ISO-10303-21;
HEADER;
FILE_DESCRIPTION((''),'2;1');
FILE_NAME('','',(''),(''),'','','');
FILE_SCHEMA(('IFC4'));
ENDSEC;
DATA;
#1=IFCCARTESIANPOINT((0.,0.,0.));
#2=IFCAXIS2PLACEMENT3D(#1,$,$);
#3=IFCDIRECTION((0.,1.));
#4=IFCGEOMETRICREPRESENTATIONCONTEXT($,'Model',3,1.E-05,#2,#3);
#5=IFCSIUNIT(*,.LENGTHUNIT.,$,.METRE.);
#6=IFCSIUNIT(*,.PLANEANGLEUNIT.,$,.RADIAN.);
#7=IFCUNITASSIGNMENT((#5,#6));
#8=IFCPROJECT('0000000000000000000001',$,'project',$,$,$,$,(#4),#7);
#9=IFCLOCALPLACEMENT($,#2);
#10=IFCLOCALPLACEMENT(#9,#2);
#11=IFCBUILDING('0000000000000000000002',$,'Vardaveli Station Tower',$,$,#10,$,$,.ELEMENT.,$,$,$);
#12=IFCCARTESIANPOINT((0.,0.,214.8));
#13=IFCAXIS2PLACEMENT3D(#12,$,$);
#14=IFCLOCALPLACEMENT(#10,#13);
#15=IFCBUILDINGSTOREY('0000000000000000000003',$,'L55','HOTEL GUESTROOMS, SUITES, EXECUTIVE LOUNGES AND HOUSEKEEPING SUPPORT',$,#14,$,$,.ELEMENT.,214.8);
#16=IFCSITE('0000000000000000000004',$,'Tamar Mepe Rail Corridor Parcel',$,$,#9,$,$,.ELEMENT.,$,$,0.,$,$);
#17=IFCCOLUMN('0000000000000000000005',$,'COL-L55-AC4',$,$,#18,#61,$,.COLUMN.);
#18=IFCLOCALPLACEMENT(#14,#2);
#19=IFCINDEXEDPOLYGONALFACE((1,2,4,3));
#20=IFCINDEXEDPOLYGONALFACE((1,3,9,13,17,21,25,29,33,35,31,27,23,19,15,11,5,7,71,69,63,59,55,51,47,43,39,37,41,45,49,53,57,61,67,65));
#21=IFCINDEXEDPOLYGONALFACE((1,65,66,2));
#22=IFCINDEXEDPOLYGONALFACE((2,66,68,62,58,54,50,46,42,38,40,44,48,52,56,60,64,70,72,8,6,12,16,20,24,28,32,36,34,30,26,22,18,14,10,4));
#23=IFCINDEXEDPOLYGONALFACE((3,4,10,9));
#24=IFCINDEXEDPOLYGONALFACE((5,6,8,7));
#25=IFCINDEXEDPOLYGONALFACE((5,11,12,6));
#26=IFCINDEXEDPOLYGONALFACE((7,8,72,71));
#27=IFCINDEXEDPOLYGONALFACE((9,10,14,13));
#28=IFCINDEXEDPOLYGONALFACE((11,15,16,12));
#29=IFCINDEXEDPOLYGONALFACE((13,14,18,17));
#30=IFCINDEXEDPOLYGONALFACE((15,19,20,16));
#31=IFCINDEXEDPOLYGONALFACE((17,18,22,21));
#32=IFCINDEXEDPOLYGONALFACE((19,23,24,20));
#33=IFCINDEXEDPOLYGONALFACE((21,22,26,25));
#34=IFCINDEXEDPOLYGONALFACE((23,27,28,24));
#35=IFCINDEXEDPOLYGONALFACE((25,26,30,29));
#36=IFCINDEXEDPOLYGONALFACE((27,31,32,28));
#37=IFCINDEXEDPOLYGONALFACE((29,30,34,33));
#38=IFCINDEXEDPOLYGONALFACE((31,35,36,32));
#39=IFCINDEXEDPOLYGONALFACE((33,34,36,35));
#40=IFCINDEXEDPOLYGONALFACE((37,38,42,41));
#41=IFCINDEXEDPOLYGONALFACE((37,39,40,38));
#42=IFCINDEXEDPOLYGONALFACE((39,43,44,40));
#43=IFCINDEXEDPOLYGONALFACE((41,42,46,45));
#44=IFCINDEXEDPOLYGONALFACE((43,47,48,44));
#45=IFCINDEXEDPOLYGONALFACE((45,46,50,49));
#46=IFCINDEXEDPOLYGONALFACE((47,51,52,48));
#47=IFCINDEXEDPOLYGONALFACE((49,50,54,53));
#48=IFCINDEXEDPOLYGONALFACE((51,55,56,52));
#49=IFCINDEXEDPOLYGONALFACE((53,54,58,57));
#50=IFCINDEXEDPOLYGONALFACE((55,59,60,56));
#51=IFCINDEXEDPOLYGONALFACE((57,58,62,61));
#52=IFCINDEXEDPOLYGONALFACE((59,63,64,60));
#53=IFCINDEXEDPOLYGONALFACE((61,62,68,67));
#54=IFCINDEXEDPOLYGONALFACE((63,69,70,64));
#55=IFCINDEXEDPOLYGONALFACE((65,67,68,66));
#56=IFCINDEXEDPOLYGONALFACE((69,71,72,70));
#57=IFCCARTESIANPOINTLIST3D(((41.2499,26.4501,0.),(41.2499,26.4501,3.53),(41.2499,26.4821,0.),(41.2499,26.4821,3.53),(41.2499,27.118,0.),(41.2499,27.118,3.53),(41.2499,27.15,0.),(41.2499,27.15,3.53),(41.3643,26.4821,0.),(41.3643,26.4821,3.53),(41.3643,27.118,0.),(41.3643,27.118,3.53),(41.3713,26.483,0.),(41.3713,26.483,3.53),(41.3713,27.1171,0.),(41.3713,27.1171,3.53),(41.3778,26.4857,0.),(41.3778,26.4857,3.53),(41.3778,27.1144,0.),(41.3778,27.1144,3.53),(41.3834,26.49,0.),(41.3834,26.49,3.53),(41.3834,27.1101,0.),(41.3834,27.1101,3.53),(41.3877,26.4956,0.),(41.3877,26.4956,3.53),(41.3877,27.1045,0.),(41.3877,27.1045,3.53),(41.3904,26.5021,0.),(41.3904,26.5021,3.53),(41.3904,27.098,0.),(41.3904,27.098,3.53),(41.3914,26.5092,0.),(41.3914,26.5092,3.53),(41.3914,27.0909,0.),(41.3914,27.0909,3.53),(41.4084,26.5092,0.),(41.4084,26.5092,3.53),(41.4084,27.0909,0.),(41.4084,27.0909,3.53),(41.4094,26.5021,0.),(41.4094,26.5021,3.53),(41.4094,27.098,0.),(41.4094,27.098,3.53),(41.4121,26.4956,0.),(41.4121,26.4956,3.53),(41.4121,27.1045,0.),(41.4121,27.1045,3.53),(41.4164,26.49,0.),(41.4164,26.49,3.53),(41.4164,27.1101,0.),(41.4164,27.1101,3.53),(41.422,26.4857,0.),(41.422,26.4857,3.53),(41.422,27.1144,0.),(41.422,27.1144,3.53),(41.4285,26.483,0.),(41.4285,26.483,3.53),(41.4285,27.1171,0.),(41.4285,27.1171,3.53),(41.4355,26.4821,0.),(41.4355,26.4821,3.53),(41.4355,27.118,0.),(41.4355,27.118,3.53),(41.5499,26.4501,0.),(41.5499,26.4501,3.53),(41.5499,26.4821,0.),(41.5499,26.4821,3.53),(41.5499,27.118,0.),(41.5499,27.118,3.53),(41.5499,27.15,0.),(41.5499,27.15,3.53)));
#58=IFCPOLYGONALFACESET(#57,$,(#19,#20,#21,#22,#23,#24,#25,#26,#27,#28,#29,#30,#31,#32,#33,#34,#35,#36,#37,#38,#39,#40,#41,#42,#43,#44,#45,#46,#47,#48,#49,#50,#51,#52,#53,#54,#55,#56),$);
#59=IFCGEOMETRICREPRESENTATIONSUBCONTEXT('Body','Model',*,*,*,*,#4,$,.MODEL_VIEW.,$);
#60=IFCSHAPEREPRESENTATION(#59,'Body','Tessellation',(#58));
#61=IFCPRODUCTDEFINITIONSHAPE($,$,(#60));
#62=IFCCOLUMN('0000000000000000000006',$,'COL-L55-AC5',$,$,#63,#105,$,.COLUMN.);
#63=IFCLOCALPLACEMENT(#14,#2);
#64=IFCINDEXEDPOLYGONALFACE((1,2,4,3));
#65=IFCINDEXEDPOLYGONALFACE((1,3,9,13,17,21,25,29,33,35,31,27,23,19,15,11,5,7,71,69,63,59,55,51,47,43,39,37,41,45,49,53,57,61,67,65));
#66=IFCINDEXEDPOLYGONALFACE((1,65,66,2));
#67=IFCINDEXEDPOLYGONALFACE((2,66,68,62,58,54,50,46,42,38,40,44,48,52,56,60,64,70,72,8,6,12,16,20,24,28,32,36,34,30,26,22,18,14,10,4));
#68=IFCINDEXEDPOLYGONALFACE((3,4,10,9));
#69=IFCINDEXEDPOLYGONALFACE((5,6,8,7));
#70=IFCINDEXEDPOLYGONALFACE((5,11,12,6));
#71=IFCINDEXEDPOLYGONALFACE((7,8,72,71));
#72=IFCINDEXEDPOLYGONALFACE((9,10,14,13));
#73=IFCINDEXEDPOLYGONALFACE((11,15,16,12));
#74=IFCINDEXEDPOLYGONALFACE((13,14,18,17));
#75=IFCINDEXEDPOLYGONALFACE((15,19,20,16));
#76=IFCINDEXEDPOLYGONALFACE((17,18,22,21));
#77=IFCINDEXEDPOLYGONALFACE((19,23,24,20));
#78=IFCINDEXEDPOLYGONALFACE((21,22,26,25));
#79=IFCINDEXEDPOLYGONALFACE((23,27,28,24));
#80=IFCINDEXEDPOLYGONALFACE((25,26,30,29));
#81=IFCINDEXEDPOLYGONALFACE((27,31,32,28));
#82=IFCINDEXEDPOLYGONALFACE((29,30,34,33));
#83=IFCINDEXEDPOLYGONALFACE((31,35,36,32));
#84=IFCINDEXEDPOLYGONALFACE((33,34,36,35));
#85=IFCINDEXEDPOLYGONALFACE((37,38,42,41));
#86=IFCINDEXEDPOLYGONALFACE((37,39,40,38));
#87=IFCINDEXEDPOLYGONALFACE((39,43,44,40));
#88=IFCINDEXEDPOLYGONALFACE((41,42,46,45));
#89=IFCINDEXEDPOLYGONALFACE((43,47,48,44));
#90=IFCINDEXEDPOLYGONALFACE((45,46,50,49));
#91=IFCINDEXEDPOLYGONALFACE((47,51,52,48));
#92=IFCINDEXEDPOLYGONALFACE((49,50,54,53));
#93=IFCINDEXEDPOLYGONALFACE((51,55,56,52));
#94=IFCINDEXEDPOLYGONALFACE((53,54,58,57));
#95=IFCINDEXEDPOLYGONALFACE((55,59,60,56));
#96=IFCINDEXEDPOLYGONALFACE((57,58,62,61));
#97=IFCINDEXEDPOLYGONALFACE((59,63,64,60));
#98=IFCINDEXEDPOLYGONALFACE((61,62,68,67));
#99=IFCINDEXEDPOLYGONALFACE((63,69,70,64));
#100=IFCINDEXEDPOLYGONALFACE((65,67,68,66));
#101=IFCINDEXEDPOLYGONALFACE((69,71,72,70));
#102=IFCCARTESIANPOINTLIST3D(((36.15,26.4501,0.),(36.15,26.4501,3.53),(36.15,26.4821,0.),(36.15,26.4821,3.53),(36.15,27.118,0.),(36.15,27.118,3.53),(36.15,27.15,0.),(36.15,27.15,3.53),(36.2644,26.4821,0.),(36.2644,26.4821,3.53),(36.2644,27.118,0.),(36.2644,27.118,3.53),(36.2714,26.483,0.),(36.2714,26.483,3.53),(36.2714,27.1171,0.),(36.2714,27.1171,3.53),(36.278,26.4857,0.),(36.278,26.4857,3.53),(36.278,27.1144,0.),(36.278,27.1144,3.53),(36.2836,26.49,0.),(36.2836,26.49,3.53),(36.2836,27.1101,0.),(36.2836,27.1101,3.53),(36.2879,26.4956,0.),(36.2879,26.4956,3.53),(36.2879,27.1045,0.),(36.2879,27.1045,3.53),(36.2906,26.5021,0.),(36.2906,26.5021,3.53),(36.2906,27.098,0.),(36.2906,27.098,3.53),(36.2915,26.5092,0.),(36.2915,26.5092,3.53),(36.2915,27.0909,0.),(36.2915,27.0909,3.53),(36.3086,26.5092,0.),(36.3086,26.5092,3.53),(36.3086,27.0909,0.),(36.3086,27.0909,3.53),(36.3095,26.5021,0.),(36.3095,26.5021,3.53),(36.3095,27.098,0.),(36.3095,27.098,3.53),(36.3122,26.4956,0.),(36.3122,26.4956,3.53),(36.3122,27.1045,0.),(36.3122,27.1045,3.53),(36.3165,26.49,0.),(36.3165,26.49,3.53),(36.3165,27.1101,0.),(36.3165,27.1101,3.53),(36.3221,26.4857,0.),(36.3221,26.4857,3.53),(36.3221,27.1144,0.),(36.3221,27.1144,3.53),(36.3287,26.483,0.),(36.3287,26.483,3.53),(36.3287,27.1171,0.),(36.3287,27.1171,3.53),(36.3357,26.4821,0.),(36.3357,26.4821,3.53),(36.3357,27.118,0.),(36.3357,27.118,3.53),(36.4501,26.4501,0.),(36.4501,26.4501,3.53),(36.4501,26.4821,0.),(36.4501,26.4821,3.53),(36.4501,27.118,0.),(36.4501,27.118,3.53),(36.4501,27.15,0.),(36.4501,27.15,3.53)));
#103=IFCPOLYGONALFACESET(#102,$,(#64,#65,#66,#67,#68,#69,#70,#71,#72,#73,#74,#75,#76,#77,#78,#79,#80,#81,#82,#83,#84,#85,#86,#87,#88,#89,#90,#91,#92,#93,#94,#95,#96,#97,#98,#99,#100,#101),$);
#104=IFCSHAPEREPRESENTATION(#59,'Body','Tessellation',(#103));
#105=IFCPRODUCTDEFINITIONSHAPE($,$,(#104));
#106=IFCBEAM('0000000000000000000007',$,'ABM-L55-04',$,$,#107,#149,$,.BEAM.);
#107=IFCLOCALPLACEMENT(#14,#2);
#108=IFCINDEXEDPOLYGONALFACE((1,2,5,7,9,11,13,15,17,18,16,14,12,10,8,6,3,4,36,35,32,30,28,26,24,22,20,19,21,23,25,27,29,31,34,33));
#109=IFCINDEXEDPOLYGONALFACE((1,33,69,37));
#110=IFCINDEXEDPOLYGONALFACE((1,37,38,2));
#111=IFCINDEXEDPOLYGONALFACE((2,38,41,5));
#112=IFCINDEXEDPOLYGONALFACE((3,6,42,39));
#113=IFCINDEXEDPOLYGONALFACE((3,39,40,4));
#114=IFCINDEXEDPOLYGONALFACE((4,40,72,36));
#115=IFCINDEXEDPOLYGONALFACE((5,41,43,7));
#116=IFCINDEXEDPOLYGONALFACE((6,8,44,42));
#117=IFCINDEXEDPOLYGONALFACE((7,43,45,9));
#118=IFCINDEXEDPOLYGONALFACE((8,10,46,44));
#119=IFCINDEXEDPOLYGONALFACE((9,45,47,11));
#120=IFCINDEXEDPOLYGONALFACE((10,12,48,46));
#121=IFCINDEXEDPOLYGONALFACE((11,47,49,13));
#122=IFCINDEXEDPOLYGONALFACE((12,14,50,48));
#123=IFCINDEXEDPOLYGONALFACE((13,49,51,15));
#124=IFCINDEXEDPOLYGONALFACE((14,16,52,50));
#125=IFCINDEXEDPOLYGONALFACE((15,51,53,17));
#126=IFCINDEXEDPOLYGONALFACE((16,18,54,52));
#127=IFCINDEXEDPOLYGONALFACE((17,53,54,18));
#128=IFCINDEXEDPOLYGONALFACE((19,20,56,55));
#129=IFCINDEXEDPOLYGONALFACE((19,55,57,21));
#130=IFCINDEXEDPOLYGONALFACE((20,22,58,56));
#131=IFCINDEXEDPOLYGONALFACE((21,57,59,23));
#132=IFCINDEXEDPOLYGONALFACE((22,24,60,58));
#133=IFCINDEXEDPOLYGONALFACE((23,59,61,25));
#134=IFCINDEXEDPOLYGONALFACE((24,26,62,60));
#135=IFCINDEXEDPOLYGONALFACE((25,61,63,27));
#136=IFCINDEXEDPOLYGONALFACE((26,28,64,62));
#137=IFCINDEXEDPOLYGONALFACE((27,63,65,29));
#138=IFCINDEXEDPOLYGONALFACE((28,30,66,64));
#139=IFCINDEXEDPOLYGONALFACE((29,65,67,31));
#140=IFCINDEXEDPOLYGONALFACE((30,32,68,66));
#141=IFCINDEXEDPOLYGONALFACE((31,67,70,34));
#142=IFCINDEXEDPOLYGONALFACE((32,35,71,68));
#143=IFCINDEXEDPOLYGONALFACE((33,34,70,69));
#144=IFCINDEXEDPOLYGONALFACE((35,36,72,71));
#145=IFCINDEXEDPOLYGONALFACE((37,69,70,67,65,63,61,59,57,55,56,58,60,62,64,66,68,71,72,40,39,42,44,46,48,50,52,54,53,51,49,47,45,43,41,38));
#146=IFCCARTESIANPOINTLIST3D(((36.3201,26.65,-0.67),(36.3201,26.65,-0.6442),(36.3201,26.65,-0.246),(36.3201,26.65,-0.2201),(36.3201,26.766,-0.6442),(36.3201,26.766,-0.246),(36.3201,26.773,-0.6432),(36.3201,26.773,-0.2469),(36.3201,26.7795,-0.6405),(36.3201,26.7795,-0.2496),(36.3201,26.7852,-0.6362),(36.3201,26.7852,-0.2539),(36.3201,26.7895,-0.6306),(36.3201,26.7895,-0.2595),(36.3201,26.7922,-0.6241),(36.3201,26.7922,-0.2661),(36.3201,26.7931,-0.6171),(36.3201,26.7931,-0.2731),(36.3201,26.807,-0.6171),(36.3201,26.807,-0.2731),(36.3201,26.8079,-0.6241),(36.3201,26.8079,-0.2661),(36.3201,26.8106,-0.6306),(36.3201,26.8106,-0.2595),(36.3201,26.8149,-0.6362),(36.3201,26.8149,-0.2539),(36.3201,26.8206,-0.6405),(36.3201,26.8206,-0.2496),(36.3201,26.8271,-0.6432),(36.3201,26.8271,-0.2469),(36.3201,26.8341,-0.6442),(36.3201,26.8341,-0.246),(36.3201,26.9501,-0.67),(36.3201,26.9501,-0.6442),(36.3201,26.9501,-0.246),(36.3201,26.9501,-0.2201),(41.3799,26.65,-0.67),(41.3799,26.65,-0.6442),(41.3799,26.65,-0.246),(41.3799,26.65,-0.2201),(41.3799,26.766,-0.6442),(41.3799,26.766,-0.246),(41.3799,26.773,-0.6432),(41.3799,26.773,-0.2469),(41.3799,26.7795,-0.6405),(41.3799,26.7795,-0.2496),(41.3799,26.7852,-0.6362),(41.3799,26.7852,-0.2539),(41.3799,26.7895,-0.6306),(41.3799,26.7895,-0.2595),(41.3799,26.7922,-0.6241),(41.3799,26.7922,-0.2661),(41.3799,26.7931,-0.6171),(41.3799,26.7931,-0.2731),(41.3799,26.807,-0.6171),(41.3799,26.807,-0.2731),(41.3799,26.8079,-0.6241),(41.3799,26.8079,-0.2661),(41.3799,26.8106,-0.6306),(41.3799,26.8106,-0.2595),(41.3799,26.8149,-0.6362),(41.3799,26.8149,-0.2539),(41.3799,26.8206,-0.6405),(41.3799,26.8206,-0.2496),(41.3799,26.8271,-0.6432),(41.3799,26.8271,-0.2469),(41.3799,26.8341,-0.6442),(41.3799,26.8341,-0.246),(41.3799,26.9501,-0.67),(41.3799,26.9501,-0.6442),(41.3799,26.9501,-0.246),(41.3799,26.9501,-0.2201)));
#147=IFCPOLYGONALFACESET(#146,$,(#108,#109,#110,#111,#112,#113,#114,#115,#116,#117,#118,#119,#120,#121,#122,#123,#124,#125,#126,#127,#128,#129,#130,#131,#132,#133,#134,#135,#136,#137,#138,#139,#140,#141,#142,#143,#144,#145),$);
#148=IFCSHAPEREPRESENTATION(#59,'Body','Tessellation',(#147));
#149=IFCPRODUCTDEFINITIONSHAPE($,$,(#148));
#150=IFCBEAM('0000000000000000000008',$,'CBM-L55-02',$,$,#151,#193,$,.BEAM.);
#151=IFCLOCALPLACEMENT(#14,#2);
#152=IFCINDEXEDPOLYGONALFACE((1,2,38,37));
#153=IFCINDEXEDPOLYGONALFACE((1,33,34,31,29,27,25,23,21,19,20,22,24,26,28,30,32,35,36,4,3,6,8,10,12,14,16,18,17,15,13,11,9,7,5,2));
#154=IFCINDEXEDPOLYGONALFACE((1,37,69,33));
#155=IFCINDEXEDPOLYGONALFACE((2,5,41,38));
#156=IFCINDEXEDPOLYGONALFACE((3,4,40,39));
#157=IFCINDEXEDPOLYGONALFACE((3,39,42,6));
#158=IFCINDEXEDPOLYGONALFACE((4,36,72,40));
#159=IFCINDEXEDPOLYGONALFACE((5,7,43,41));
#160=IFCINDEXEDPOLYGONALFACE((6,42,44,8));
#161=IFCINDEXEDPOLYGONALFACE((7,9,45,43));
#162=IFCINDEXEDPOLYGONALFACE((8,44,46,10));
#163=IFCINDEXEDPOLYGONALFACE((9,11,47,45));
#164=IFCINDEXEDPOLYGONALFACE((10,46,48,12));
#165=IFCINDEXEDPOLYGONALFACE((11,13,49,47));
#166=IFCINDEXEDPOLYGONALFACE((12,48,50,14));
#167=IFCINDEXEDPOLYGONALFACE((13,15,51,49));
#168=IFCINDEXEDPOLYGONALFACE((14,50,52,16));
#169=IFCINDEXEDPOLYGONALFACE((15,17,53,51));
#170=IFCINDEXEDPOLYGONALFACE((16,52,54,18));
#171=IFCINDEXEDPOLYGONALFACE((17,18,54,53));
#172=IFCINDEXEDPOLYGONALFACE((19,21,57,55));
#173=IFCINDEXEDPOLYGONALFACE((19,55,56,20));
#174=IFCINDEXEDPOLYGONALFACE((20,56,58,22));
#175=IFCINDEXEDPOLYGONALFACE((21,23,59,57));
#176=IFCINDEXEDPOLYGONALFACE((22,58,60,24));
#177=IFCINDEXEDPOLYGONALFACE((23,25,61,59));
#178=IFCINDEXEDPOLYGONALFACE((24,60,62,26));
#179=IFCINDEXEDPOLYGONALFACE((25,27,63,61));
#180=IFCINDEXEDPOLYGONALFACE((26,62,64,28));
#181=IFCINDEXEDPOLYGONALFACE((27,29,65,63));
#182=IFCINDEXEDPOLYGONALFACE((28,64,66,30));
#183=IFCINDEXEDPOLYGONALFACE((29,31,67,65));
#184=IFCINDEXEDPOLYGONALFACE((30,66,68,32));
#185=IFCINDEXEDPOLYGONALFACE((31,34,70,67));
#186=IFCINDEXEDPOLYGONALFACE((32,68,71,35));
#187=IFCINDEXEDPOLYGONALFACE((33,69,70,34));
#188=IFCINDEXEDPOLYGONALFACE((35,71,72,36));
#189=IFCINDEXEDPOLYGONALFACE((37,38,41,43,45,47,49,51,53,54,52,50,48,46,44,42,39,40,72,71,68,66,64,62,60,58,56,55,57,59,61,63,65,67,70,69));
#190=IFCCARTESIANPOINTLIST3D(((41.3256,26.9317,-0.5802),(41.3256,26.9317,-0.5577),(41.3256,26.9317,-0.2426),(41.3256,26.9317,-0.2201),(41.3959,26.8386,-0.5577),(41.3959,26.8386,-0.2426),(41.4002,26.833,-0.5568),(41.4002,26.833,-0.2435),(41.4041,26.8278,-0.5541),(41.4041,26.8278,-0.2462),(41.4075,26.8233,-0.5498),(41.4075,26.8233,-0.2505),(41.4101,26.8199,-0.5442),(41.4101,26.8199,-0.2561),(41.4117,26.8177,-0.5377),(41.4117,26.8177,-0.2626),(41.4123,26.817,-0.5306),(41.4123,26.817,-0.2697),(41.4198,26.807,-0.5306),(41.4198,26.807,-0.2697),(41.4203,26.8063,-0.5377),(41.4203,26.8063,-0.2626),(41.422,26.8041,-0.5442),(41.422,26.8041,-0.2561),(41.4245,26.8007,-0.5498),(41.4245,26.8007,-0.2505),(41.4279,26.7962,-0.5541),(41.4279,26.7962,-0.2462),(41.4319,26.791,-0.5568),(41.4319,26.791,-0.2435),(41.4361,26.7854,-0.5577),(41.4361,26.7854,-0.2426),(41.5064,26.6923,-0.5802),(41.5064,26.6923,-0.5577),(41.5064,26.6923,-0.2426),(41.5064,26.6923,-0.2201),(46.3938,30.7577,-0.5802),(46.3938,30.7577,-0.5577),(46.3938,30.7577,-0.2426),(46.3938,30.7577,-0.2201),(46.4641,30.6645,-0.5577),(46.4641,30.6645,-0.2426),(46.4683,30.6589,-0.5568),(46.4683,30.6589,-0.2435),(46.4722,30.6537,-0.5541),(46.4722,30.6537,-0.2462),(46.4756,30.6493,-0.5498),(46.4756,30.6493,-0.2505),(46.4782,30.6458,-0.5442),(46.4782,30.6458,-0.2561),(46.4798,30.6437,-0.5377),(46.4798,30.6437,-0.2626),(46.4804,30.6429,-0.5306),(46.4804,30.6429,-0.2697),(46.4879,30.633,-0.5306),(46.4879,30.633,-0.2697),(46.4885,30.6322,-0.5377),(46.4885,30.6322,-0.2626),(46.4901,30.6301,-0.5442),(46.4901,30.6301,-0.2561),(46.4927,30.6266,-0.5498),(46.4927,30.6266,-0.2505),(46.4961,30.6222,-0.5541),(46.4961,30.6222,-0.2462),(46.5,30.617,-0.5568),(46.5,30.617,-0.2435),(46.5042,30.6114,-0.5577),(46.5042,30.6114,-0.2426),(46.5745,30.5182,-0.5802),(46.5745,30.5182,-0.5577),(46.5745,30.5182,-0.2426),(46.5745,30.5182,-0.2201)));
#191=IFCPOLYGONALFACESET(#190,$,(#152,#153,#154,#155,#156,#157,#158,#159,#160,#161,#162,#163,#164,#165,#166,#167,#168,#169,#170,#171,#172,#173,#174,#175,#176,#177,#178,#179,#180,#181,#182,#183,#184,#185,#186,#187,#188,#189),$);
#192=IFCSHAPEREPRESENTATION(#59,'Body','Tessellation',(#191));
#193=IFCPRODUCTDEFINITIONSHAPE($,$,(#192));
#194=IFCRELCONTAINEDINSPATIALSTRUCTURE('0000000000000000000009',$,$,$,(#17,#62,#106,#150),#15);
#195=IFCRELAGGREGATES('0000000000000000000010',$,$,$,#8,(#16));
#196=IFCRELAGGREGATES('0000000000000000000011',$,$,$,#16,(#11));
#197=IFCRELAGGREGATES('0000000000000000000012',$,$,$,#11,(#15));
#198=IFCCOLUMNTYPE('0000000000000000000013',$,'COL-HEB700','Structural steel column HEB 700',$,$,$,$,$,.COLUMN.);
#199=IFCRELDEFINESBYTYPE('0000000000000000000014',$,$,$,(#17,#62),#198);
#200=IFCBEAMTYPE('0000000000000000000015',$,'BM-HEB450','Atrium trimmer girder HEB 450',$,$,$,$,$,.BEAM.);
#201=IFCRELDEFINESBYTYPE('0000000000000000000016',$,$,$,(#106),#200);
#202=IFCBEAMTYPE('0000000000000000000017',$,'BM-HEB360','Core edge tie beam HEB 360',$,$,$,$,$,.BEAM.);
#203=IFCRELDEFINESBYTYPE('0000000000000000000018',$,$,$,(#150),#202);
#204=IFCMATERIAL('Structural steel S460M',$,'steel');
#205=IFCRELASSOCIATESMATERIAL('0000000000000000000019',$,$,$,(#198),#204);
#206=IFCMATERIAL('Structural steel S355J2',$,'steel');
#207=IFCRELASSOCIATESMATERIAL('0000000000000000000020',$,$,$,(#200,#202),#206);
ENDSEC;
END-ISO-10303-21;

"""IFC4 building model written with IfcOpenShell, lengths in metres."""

from ifc_helpers import new_model, si_unit, direction, frame, origin, origin_2d, place, context, subcontext, project, spatial, i_section, extrude, source, transform, mapped, material, material_profile, profile_set, type_object, element, save


model = new_model("IFC4")

# Units and contexts
model_context = context("Model", 3, precision=1e-05, world=origin(), true_north=direction((0.0, 1.0)))
body_context = subcontext(model_context, "Body", "Model", "MODEL_VIEW")
ifc_project = project(units=[si_unit("LENGTHUNIT", "METRE"), si_unit("PLANEANGLEUNIT", "RADIAN")], contexts=[model_context])

# Site, building, storey
site_placement = place(None, origin())
site = spatial("IfcSite", under=ifc_project, at=site_placement, Name="Tamar Mepe Rail Corridor Parcel", CompositionType="ELEMENT", RefElevation=0.0)
building_placement = place(site_placement, origin())
building = spatial("IfcBuilding", under=site, at=building_placement, Name="Vardaveli Station Tower", CompositionType="ELEMENT")
storey_placement = place(building_placement, frame((0.0, 0.0, 214.8)))
storey = spatial("IfcBuildingStorey", under=building, at=storey_placement, Name="L55", Description="HOTEL GUESTROOMS, SUITES, EXECUTIVE LOUNGES AND HOUSEKEEPING SUPPORT", CompositionType="ELEMENT", Elevation=214.8)

# Columns
ifc_material_1 = material(Name="Structural steel S460M", Category="steel")
ifc_material_profile_1 = material_profile(ifc_material_1, i_section(OverallWidth=0.3, OverallDepth=0.7, WebThickness=0.0171, FlangeThickness=0.032, FilletRadius=0.0271, at=origin_2d()), Name="HEB 700")
ifc_profile_set_1 = profile_set([ifc_material_profile_1], Name="Structural steel S460M")
column_type = type_object("IfcColumnType", Name="COL-HEB700", Description="Structural steel column HEB 700", PredefinedType="COLUMN", material=ifc_profile_set_1)
shared_shape_1 = source(origin(), body_context, "Body", "SweptSolid", [
    extrude(i_section(OverallWidth=0.3, OverallDepth=0.7, WebThickness=0.0171, FlangeThickness=0.032, FilletRadius=0.0271, at=origin_2d()), origin(), (0.0, 0.0, 1.0), 3.53),
])
for number, where, z_axis, x_axis, name in (
    (1, (41.3999, 26.8, 0.0), (0.0, 0.0, 1.0), (1.0, 0.0, 0.0), "COL-L55-AC4"),
    (2, (36.3, 26.8, 0.0), (0.0, 0.0, 1.0), (1.0, 0.0, 0.0), "COL-L55-AC5"),
):
    element("IfcColumn", number, at=place(storey_placement, frame(where, z_axis=z_axis, x_axis=x_axis)), inside=storey, type_object=column_type, Name=name, PredefinedType="COLUMN", context=body_context, shape_type="MappedRepresentation", body=[
        mapped(shared_shape_1, transform((0.0, 0.0, 0.0), scale=1.0)),
    ])

# Beams
ifc_material_2 = material(Name="Structural steel S355J2", Category="steel")
ifc_material_profile_2 = material_profile(ifc_material_2, i_section(OverallWidth=0.3, OverallDepth=0.45, WebThickness=0.0139, FlangeThickness=0.0259, FilletRadius=0.0271, at=origin_2d()), Name="HEB 450")
ifc_profile_set_2 = profile_set([ifc_material_profile_2], Name="Structural steel S355J2")
beam_type_1 = type_object("IfcBeamType", Name="BM-HEB450", Description="Atrium trimmer girder HEB 450", PredefinedType="BEAM", material=ifc_profile_set_2)
shared_shape_2 = source(origin(), body_context, "Body", "SweptSolid", [
    extrude(i_section(OverallWidth=0.3, OverallDepth=0.45, WebThickness=0.0139, FlangeThickness=0.0259, FilletRadius=0.0271, at=origin_2d()), origin(), (0.0, 0.0, 1.0), 5.0598),
])
beam_1_placement = place(storey_placement, frame((41.3799, 26.8, -0.4451), z_axis=(-1.0, 0.0, 0.0), x_axis=(0.0, -1.0, 0.0)))
element("IfcBeam", 3, at=beam_1_placement, inside=storey, type_object=beam_type_1, Name="ABM-L55-04", PredefinedType="BEAM", context=body_context, shape_type="MappedRepresentation", body=[
    mapped(shared_shape_2, transform((0.0, 0.0, 0.0), scale=1.0)),
])
ifc_material_profile_3 = material_profile(ifc_material_2, i_section(OverallWidth=0.3, OverallDepth=0.3601, WebThickness=0.0125, FlangeThickness=0.0225, FilletRadius=0.0271, at=origin_2d()), Name="HEB 360")
ifc_profile_set_3 = profile_set([ifc_material_profile_3], Name="Structural steel S355J2")
beam_type_2 = type_object("IfcBeamType", Name="BM-HEB360", Description="Core edge tie beam HEB 360", PredefinedType="BEAM", material=ifc_profile_set_3)
shared_shape_3 = source(origin(), body_context, "Body", "SweptSolid", [
    extrude(i_section(OverallWidth=0.3, OverallDepth=0.3601, WebThickness=0.0125, FlangeThickness=0.0225, FilletRadius=0.0271, at=origin_2d()), origin(), (0.0, 0.0, 1.0), 6.3501),
])
beam_2_placement = place(storey_placement, frame((41.416, 26.812, -0.4001), z_axis=(0.798118, 0.602501, 0.0), x_axis=(-0.602501, 0.798118, 0.0)))
element("IfcBeam", 4, at=beam_2_placement, inside=storey, type_object=beam_type_2, Name="CBM-L55-02", PredefinedType="BEAM", context=body_context, shape_type="MappedRepresentation", body=[
    mapped(shared_shape_3, transform((0.0, 0.0, 0.0), scale=1.0)),
])

save(model, "model.ifc")
